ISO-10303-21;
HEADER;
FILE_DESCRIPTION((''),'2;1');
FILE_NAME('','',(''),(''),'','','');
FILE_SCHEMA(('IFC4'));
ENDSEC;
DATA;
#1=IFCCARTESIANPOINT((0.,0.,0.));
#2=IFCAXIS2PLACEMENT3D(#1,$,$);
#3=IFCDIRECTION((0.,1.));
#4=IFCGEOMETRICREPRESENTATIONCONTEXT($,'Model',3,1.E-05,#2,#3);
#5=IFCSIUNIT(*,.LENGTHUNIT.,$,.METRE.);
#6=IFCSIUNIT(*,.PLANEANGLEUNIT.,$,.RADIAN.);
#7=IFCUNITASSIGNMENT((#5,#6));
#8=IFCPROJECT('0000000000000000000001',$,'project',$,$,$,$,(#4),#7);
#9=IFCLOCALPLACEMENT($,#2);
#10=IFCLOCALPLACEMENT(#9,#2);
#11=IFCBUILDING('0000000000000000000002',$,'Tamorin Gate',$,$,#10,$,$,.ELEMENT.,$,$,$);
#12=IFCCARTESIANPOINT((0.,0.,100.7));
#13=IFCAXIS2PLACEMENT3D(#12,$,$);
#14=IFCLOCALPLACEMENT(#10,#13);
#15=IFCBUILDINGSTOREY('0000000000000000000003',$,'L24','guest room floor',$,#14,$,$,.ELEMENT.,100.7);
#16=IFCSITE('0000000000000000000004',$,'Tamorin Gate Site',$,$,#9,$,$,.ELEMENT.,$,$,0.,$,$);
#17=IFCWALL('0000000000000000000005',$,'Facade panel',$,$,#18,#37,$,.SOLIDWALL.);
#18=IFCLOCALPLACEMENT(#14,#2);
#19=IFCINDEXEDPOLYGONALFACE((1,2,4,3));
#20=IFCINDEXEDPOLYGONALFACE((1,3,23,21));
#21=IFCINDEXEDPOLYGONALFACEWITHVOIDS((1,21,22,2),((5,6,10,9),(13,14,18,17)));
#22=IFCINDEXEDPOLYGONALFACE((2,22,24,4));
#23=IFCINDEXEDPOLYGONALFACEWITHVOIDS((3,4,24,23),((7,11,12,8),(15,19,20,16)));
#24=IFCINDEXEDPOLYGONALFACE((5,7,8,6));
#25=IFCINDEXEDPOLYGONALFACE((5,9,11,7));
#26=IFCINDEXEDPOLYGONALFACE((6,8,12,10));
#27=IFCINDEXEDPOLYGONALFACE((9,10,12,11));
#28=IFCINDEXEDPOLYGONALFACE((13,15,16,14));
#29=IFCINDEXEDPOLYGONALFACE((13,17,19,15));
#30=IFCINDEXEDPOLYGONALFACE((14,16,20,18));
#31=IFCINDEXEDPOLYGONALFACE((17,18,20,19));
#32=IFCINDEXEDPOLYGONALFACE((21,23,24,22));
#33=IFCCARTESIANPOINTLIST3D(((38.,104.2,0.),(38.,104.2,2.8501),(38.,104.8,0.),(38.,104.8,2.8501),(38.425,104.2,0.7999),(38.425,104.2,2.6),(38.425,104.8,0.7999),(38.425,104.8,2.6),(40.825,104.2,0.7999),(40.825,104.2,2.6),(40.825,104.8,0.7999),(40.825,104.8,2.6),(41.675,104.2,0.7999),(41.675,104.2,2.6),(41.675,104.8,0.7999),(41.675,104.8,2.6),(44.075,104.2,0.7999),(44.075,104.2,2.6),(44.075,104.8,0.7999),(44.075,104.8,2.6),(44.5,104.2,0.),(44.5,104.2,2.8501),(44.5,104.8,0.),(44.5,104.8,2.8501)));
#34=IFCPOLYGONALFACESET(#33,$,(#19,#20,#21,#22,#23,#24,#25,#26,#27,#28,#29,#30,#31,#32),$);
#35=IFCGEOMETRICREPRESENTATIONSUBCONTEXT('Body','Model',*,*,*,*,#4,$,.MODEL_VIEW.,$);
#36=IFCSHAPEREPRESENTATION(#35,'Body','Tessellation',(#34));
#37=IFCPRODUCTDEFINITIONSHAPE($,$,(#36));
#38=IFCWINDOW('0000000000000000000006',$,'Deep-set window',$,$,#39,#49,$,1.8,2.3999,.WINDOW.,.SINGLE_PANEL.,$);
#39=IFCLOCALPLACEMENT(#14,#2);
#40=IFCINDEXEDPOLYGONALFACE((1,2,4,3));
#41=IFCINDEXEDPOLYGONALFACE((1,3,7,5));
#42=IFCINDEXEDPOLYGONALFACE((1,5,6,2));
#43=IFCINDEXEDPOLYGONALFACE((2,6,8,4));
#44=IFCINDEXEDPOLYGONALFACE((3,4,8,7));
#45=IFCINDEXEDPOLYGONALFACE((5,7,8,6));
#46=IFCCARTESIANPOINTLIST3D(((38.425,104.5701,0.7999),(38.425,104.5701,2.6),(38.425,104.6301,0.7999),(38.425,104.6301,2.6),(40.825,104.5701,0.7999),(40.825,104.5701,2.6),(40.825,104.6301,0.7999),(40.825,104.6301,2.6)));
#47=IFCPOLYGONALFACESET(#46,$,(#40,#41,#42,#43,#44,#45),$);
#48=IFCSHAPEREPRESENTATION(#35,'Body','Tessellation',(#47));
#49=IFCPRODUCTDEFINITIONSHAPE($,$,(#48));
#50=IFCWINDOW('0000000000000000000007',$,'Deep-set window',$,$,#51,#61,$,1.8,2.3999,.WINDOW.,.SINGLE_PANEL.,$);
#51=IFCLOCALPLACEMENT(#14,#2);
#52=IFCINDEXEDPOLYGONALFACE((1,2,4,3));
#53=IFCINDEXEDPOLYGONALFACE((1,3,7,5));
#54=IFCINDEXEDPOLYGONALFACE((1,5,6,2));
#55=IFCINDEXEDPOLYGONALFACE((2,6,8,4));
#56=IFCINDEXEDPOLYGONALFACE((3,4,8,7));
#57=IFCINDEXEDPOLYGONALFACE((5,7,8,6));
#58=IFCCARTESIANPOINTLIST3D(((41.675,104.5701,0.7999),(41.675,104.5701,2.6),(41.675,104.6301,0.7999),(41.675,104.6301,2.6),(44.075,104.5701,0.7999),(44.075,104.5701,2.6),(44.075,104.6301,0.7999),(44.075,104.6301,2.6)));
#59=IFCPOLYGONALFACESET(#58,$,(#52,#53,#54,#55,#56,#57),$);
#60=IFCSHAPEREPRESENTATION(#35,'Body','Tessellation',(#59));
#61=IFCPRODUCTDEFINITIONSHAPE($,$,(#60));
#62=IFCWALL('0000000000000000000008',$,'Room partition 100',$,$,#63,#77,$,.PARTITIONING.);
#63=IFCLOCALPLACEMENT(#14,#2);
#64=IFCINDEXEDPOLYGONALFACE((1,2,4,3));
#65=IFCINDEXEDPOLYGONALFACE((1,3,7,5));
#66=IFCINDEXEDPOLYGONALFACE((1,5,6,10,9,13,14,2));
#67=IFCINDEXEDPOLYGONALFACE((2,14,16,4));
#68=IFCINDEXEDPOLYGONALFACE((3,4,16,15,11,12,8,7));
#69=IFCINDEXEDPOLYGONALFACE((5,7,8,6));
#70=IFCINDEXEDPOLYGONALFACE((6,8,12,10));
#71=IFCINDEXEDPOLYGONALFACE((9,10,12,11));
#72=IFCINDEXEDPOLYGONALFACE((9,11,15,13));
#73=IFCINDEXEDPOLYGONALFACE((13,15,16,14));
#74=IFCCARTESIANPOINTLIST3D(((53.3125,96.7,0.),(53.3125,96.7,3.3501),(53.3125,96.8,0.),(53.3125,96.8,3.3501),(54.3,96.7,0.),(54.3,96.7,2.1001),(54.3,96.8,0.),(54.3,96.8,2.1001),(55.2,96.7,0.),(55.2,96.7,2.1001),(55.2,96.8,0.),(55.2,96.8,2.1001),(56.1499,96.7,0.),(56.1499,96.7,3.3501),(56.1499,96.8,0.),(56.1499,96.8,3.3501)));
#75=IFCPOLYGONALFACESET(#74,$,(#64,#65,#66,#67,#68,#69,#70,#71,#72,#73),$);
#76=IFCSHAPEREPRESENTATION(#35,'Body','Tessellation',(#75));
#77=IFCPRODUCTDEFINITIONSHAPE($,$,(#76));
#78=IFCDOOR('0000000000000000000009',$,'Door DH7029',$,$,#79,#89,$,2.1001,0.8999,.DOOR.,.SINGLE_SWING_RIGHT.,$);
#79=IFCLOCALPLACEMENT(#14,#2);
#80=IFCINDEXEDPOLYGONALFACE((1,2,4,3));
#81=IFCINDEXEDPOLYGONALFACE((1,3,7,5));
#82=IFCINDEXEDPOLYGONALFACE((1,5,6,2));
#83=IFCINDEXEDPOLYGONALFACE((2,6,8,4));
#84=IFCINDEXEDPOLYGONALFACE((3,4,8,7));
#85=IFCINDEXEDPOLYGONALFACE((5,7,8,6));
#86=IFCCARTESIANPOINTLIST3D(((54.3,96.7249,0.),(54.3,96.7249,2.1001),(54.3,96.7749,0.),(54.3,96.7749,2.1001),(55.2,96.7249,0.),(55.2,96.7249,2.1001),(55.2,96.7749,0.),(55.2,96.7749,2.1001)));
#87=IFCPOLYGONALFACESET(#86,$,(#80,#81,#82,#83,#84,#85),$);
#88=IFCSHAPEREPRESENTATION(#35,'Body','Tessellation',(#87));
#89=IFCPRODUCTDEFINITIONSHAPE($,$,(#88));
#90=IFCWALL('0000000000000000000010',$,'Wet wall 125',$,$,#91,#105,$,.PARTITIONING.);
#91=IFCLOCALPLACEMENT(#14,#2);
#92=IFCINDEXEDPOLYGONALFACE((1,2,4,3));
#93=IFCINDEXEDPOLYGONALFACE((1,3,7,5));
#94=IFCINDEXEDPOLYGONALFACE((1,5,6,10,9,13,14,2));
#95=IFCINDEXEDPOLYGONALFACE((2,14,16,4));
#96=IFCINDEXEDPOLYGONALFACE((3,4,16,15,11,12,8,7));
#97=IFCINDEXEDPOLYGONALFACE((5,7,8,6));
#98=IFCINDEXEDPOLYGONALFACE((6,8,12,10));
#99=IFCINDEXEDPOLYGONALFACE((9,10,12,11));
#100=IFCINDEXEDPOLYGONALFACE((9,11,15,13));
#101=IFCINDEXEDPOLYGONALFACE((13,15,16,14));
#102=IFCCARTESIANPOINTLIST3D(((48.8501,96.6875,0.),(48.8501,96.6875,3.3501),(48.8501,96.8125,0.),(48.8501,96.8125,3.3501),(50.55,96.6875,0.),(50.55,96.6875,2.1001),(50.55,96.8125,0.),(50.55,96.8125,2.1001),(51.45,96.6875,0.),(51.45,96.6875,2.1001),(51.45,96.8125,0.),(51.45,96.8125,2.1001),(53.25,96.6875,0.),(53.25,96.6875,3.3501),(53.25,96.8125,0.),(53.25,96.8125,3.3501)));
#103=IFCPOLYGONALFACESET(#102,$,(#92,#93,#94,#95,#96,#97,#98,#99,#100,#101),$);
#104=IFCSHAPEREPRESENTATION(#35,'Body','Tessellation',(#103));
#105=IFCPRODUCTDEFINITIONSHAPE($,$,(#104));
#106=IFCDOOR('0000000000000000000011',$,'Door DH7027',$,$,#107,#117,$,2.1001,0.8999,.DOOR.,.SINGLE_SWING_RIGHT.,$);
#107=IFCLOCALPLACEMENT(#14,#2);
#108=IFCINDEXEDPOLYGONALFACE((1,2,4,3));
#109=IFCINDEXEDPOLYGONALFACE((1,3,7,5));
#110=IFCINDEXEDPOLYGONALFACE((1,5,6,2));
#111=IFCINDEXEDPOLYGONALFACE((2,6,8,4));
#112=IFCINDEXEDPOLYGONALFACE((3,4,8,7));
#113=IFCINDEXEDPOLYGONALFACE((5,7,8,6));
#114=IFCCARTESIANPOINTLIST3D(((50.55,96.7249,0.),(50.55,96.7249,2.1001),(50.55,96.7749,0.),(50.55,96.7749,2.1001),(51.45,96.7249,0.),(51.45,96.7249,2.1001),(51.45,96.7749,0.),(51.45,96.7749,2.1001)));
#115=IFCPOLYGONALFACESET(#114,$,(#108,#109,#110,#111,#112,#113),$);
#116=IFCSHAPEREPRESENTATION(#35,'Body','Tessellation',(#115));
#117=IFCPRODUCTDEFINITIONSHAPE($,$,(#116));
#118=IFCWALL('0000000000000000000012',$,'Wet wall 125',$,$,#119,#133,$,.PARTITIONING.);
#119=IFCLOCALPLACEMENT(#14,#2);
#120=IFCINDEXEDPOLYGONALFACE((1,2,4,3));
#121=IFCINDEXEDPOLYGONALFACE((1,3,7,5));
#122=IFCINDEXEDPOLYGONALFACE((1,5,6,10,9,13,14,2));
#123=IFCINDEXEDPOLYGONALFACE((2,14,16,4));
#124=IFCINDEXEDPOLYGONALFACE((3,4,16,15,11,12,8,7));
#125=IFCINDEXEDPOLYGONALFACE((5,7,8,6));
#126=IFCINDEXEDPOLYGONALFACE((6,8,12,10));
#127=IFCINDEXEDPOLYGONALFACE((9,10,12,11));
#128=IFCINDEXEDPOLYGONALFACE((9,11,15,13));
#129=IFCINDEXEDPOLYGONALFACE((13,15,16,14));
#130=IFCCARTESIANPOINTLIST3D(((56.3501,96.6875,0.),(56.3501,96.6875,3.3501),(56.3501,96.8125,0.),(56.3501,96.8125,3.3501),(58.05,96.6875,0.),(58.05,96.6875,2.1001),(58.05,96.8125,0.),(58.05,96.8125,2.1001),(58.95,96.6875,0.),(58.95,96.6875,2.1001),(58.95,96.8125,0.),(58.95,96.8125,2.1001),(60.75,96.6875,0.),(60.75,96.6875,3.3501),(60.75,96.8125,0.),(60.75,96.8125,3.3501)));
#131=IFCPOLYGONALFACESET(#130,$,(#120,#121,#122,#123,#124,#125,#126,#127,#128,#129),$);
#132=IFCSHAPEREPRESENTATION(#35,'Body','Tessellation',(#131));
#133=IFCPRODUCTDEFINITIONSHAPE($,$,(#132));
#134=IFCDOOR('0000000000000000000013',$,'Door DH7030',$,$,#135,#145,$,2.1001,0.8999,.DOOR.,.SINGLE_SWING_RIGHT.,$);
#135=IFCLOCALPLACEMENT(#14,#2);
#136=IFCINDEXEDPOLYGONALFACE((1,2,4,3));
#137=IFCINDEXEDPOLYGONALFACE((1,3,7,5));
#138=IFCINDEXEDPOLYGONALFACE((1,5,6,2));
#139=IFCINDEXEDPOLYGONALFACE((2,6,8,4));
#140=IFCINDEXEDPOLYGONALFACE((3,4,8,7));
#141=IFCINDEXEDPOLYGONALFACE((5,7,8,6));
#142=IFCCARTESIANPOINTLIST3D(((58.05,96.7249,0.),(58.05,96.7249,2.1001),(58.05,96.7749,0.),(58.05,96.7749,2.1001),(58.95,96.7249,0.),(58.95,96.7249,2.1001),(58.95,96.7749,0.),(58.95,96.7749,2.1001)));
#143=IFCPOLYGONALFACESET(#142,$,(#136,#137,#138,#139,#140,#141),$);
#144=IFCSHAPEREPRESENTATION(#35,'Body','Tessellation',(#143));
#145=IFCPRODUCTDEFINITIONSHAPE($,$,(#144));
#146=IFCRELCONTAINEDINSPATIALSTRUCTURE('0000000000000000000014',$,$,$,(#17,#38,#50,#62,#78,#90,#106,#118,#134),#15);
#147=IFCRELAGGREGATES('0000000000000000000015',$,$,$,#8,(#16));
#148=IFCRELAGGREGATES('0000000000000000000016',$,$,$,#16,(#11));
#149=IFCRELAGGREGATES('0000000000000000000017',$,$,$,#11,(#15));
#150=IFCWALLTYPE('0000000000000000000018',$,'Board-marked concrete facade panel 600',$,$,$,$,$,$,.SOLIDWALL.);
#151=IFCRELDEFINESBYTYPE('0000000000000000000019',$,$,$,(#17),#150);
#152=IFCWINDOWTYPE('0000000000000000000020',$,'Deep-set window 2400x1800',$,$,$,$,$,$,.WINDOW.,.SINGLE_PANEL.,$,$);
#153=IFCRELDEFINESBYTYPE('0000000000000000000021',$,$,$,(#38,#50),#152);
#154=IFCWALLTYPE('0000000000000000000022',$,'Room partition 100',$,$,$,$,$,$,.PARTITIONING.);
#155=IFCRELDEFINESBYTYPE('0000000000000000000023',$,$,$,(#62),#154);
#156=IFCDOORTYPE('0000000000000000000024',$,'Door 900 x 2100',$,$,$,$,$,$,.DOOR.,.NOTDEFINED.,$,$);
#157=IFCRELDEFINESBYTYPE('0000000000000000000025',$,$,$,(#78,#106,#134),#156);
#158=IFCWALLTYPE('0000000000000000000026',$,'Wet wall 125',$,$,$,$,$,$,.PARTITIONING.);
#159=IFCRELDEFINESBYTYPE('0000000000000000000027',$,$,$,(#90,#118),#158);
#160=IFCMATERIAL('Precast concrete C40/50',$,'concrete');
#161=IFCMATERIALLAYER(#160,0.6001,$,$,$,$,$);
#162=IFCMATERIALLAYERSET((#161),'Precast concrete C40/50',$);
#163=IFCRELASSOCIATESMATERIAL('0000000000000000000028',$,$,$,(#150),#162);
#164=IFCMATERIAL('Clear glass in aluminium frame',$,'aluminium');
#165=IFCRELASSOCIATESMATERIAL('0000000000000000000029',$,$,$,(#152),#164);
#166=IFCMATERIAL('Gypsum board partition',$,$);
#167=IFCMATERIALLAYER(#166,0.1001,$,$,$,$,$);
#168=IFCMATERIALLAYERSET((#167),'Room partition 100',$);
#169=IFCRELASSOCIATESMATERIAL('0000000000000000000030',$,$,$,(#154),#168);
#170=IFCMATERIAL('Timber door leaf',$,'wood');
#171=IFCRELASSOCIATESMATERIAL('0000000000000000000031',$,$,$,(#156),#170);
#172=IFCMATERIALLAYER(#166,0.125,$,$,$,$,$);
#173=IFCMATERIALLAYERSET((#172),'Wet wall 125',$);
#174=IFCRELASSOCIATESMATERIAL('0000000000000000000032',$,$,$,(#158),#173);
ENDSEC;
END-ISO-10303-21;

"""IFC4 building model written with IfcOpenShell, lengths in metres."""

from ifc_helpers import new_model, si_unit, direction, frame, frame_2d, origin, place, context, subcontext, project, spatial, rectangle, extrude, material, layer, layer_set, type_object, element, fill, save


model = new_model("IFC4")

# Units and contexts
model_context = context("Model", 3, precision=1e-05, world=origin(), true_north=direction((0.0, 1.0)))
body_context = subcontext(model_context, "Body", "Model", "MODEL_VIEW")
ifc_project = project(units=[si_unit("LENGTHUNIT", "METRE"), si_unit("PLANEANGLEUNIT", "RADIAN")], contexts=[model_context])

# Site, building, storey
site_placement = place(None, origin())
site = spatial("IfcSite", under=ifc_project, at=site_placement, Name="Tamorin Gate Site", CompositionType="ELEMENT", RefElevation=0.0)
building_placement = place(site_placement, origin())
building = spatial("IfcBuilding", under=site, at=building_placement, Name="Tamorin Gate", CompositionType="ELEMENT")
storey_placement = place(building_placement, frame((0.0, 0.0, 100.7)))
storey = spatial("IfcBuildingStorey", under=building, at=storey_placement, Name="L24", Description="guest room floor", CompositionType="ELEMENT", Elevation=100.7)

# Wall, openings, windows
ifc_material_1 = material(Name="Precast concrete C40/50", Category="concrete")
ifc_layer_1 = layer(ifc_material_1, 0.6001)
ifc_layer_set_1 = layer_set([ifc_layer_1], Name="Precast concrete C40/50")
wall_type_1 = type_object("IfcWallType", Name="Board-marked concrete facade panel 600", PredefinedType="SOLIDWALL", material=ifc_layer_set_1)
ifc_material_2 = material(Name="Clear glass in aluminium frame", Category="aluminium")
window_type = type_object("IfcWindowType", Name="Deep-set window 2400x1800", PartitioningType="SINGLE_PANEL", PredefinedType="WINDOW", material=ifc_material_2)
wall_1_placement = place(storey_placement, frame((44.5, 104.5, 0.0), z_axis=(0.0, 0.0, 1.0), x_axis=(-1.0, 0.0, 0.0)))
wall_1 = element("IfcWall", 1, at=wall_1_placement, inside=storey, type_object=wall_type_1, Name="Facade panel", PredefinedType="SOLIDWALL", context=body_context, shape_type="SweptSolid", body=[
    extrude(rectangle(XDim=6.5, YDim=0.6001, at=frame_2d((3.25, 0.0))), origin(), (0.0, 0.0, 1.0), 2.8501),
])
opening_1_placement = place(wall_1_placement, frame((3.675, 0.0, 0.8)))
opening_1 = element("IfcOpeningElement", 2, at=opening_1_placement, cuts=wall_1, PredefinedType="OPENING", context=body_context, shape_type="SweptSolid", body=[
    extrude(rectangle(XDim=2.3999, YDim=1.8, at=frame_2d((1.2, 0.8999))), frame((0.0, 0.3101, 0.0), z_axis=(0.0, -1.0, 0.0), x_axis=(1.0, 0.0, 0.0)), (0.0, 0.0, 1.0), 0.6201),
])
opening_2_placement = place(wall_1_placement, frame((0.425, 0.0, 0.8)))
opening_2 = element("IfcOpeningElement", 3, at=opening_2_placement, cuts=wall_1, PredefinedType="OPENING", context=body_context, shape_type="SweptSolid", body=[
    extrude(rectangle(XDim=2.3999, YDim=1.8, at=frame_2d((1.2, 0.8999))), frame((0.0, 0.3101, 0.0), z_axis=(0.0, -1.0, 0.0), x_axis=(1.0, 0.0, 0.0)), (0.0, 0.0, 1.0), 0.6201),
])
window_1_placement = place(opening_1_placement, origin())
window_1 = element("IfcWindow", 4, at=window_1_placement, inside=storey, type_object=window_type, Name="Deep-set window", OverallHeight=1.8, OverallWidth=2.3999, PartitioningType="SINGLE_PANEL", PredefinedType="WINDOW", context=body_context, shape_type="SweptSolid", body=[
    extrude(rectangle(XDim=2.3999, YDim=1.8, at=frame_2d((1.2, 0.8999))), frame((0.0, -0.0701, 0.0), z_axis=(0.0, -1.0, 0.0), x_axis=(1.0, 0.0, 0.0)), (0.0, 0.0, 1.0), 0.0601),
])
fill(opening_1, window_1)
window_2_placement = place(opening_2_placement, origin())
window_2 = element("IfcWindow", 5, at=window_2_placement, inside=storey, type_object=window_type, Name="Deep-set window", OverallHeight=1.8, OverallWidth=2.3999, PartitioningType="SINGLE_PANEL", PredefinedType="WINDOW", context=body_context, shape_type="SweptSolid", body=[
    extrude(rectangle(XDim=2.3999, YDim=1.8, at=frame_2d((1.2, 0.8999))), frame((0.0, -0.0701, 0.0), z_axis=(0.0, -1.0, 0.0), x_axis=(1.0, 0.0, 0.0)), (0.0, 0.0, 1.0), 0.0601),
])
fill(opening_2, window_2)

# Walls, openings, doors
ifc_material_3 = material(Name="Gypsum board partition")
ifc_layer_2 = layer(ifc_material_3, 0.1001)
ifc_layer_set_2 = layer_set([ifc_layer_2], Name="Room partition 100")
wall_type_2 = type_object("IfcWallType", Name="Room partition 100", PredefinedType="PARTITIONING", material=ifc_layer_set_2)
wall_2_placement = place(storey_placement, frame((53.3125, 96.75, 0.0), z_axis=(0.0, 0.0, 1.0), x_axis=(1.0, 0.0, 0.0)))
wall_2 = element("IfcWall", 6, at=wall_2_placement, inside=storey, type_object=wall_type_2, Name="Room partition 100", PredefinedType="PARTITIONING", context=body_context, shape_type="SweptSolid", body=[
    extrude(rectangle(XDim=2.8374, YDim=0.1001, at=frame_2d((1.4187, 0.0))), origin(), (0.0, 0.0, 1.0), 3.3501),
])
opening_3_placement = place(wall_2_placement, frame((0.9875, 0.0, 0.0)))
opening_3 = element("IfcOpeningElement", 7, at=opening_3_placement, cuts=wall_2, PredefinedType="OPENING", context=body_context, shape_type="SweptSolid", body=[
    extrude(rectangle(XDim=0.8999, YDim=2.1001, at=frame_2d((0.45, 1.05))), frame((0.0, 0.0601, 0.0), z_axis=(0.0, -1.0, 0.0), x_axis=(1.0, 0.0, 0.0)), (0.0, 0.0, 1.0), 0.1201),
])
ifc_material_4 = material(Name="Timber door leaf", Category="wood")
door_type = type_object("IfcDoorType", Name="Door 900 x 2100", OperationType="NOTDEFINED", PredefinedType="DOOR", material=ifc_material_4)
door_1_placement = place(opening_3_placement, origin())
door_1 = element("IfcDoor", 8, at=door_1_placement, inside=storey, type_object=door_type, Name="Door DH7029", OperationType="SINGLE_SWING_RIGHT", OverallHeight=2.1001, OverallWidth=0.8999, PredefinedType="DOOR", context=body_context, shape_type="SweptSolid", body=[
    extrude(rectangle(XDim=0.8999, YDim=2.1001, at=frame_2d((0.45, 1.05))), frame((0.0, 0.0249, 0.0), z_axis=(0.0, -1.0, 0.0), x_axis=(1.0, 0.0, 0.0)), (0.0, 0.0, 1.0), 0.05),
])
fill(opening_3, door_1)
ifc_layer_3 = layer(ifc_material_3, 0.125)
ifc_layer_set_3 = layer_set([ifc_layer_3], Name="Wet wall 125")
wall_type_3 = type_object("IfcWallType", Name="Wet wall 125", PredefinedType="PARTITIONING", material=ifc_layer_set_3)
wall_3_placement = place(storey_placement, frame((48.8501, 96.75, 0.0), z_axis=(0.0, 0.0, 1.0), x_axis=(1.0, 0.0, 0.0)))
wall_3 = element("IfcWall", 9, at=wall_3_placement, inside=storey, type_object=wall_type_3, Name="Wet wall 125", PredefinedType="PARTITIONING", context=body_context, shape_type="SweptSolid", body=[
    extrude(rectangle(XDim=4.3999, YDim=0.125, at=frame_2d((2.2, 0.0))), origin(), (0.0, 0.0, 1.0), 3.3501),
])
opening_4_placement = place(wall_3_placement, frame((1.7, 0.0, 0.0)))
opening_4 = element("IfcOpeningElement", 10, at=opening_4_placement, cuts=wall_3, PredefinedType="OPENING", context=body_context, shape_type="SweptSolid", body=[
    extrude(rectangle(XDim=0.8999, YDim=2.1001, at=frame_2d((0.45, 1.05))), frame((0.0, 0.0725, 0.0), z_axis=(0.0, -1.0, 0.0), x_axis=(1.0, 0.0, 0.0)), (0.0, 0.0, 1.0), 0.145),
])
door_2_placement = place(opening_4_placement, origin())
door_2 = element("IfcDoor", 11, at=door_2_placement, inside=storey, type_object=door_type, Name="Door DH7027", OperationType="SINGLE_SWING_RIGHT", OverallHeight=2.1001, OverallWidth=0.8999, PredefinedType="DOOR", context=body_context, shape_type="SweptSolid", body=[
    extrude(rectangle(XDim=0.8999, YDim=2.1001, at=frame_2d((0.45, 1.05))), frame((0.0, 0.0249, 0.0), z_axis=(0.0, -1.0, 0.0), x_axis=(1.0, 0.0, 0.0)), (0.0, 0.0, 1.0), 0.05),
])
fill(opening_4, door_2)
wall_4_placement = place(storey_placement, frame((56.3501, 96.75, 0.0), z_axis=(0.0, 0.0, 1.0), x_axis=(1.0, 0.0, 0.0)))
wall_4 = element("IfcWall", 12, at=wall_4_placement, inside=storey, type_object=wall_type_3, Name="Wet wall 125", PredefinedType="PARTITIONING", context=body_context, shape_type="SweptSolid", body=[
    extrude(rectangle(XDim=4.3999, YDim=0.125, at=frame_2d((2.2, 0.0))), origin(), (0.0, 0.0, 1.0), 3.3501),
])
opening_5_placement = place(wall_4_placement, frame((1.7, 0.0, 0.0)))
opening_5 = element("IfcOpeningElement", 13, at=opening_5_placement, cuts=wall_4, PredefinedType="OPENING", context=body_context, shape_type="SweptSolid", body=[
    extrude(rectangle(XDim=0.8999, YDim=2.1001, at=frame_2d((0.45, 1.05))), frame((0.0, 0.0725, 0.0), z_axis=(0.0, -1.0, 0.0), x_axis=(1.0, 0.0, 0.0)), (0.0, 0.0, 1.0), 0.145),
])
door_3_placement = place(opening_5_placement, origin())
door_3 = element("IfcDoor", 14, at=door_3_placement, inside=storey, type_object=door_type, Name="Door DH7030", OperationType="SINGLE_SWING_RIGHT", OverallHeight=2.1001, OverallWidth=0.8999, PredefinedType="DOOR", context=body_context, shape_type="SweptSolid", body=[
    extrude(rectangle(XDim=0.8999, YDim=2.1001, at=frame_2d((0.45, 1.05))), frame((0.0, 0.0249, 0.0), z_axis=(0.0, -1.0, 0.0), x_axis=(1.0, 0.0, 0.0)), (0.0, 0.0, 1.0), 0.05),
])
fill(opening_5, door_3)

save(model, "model.ifc")
